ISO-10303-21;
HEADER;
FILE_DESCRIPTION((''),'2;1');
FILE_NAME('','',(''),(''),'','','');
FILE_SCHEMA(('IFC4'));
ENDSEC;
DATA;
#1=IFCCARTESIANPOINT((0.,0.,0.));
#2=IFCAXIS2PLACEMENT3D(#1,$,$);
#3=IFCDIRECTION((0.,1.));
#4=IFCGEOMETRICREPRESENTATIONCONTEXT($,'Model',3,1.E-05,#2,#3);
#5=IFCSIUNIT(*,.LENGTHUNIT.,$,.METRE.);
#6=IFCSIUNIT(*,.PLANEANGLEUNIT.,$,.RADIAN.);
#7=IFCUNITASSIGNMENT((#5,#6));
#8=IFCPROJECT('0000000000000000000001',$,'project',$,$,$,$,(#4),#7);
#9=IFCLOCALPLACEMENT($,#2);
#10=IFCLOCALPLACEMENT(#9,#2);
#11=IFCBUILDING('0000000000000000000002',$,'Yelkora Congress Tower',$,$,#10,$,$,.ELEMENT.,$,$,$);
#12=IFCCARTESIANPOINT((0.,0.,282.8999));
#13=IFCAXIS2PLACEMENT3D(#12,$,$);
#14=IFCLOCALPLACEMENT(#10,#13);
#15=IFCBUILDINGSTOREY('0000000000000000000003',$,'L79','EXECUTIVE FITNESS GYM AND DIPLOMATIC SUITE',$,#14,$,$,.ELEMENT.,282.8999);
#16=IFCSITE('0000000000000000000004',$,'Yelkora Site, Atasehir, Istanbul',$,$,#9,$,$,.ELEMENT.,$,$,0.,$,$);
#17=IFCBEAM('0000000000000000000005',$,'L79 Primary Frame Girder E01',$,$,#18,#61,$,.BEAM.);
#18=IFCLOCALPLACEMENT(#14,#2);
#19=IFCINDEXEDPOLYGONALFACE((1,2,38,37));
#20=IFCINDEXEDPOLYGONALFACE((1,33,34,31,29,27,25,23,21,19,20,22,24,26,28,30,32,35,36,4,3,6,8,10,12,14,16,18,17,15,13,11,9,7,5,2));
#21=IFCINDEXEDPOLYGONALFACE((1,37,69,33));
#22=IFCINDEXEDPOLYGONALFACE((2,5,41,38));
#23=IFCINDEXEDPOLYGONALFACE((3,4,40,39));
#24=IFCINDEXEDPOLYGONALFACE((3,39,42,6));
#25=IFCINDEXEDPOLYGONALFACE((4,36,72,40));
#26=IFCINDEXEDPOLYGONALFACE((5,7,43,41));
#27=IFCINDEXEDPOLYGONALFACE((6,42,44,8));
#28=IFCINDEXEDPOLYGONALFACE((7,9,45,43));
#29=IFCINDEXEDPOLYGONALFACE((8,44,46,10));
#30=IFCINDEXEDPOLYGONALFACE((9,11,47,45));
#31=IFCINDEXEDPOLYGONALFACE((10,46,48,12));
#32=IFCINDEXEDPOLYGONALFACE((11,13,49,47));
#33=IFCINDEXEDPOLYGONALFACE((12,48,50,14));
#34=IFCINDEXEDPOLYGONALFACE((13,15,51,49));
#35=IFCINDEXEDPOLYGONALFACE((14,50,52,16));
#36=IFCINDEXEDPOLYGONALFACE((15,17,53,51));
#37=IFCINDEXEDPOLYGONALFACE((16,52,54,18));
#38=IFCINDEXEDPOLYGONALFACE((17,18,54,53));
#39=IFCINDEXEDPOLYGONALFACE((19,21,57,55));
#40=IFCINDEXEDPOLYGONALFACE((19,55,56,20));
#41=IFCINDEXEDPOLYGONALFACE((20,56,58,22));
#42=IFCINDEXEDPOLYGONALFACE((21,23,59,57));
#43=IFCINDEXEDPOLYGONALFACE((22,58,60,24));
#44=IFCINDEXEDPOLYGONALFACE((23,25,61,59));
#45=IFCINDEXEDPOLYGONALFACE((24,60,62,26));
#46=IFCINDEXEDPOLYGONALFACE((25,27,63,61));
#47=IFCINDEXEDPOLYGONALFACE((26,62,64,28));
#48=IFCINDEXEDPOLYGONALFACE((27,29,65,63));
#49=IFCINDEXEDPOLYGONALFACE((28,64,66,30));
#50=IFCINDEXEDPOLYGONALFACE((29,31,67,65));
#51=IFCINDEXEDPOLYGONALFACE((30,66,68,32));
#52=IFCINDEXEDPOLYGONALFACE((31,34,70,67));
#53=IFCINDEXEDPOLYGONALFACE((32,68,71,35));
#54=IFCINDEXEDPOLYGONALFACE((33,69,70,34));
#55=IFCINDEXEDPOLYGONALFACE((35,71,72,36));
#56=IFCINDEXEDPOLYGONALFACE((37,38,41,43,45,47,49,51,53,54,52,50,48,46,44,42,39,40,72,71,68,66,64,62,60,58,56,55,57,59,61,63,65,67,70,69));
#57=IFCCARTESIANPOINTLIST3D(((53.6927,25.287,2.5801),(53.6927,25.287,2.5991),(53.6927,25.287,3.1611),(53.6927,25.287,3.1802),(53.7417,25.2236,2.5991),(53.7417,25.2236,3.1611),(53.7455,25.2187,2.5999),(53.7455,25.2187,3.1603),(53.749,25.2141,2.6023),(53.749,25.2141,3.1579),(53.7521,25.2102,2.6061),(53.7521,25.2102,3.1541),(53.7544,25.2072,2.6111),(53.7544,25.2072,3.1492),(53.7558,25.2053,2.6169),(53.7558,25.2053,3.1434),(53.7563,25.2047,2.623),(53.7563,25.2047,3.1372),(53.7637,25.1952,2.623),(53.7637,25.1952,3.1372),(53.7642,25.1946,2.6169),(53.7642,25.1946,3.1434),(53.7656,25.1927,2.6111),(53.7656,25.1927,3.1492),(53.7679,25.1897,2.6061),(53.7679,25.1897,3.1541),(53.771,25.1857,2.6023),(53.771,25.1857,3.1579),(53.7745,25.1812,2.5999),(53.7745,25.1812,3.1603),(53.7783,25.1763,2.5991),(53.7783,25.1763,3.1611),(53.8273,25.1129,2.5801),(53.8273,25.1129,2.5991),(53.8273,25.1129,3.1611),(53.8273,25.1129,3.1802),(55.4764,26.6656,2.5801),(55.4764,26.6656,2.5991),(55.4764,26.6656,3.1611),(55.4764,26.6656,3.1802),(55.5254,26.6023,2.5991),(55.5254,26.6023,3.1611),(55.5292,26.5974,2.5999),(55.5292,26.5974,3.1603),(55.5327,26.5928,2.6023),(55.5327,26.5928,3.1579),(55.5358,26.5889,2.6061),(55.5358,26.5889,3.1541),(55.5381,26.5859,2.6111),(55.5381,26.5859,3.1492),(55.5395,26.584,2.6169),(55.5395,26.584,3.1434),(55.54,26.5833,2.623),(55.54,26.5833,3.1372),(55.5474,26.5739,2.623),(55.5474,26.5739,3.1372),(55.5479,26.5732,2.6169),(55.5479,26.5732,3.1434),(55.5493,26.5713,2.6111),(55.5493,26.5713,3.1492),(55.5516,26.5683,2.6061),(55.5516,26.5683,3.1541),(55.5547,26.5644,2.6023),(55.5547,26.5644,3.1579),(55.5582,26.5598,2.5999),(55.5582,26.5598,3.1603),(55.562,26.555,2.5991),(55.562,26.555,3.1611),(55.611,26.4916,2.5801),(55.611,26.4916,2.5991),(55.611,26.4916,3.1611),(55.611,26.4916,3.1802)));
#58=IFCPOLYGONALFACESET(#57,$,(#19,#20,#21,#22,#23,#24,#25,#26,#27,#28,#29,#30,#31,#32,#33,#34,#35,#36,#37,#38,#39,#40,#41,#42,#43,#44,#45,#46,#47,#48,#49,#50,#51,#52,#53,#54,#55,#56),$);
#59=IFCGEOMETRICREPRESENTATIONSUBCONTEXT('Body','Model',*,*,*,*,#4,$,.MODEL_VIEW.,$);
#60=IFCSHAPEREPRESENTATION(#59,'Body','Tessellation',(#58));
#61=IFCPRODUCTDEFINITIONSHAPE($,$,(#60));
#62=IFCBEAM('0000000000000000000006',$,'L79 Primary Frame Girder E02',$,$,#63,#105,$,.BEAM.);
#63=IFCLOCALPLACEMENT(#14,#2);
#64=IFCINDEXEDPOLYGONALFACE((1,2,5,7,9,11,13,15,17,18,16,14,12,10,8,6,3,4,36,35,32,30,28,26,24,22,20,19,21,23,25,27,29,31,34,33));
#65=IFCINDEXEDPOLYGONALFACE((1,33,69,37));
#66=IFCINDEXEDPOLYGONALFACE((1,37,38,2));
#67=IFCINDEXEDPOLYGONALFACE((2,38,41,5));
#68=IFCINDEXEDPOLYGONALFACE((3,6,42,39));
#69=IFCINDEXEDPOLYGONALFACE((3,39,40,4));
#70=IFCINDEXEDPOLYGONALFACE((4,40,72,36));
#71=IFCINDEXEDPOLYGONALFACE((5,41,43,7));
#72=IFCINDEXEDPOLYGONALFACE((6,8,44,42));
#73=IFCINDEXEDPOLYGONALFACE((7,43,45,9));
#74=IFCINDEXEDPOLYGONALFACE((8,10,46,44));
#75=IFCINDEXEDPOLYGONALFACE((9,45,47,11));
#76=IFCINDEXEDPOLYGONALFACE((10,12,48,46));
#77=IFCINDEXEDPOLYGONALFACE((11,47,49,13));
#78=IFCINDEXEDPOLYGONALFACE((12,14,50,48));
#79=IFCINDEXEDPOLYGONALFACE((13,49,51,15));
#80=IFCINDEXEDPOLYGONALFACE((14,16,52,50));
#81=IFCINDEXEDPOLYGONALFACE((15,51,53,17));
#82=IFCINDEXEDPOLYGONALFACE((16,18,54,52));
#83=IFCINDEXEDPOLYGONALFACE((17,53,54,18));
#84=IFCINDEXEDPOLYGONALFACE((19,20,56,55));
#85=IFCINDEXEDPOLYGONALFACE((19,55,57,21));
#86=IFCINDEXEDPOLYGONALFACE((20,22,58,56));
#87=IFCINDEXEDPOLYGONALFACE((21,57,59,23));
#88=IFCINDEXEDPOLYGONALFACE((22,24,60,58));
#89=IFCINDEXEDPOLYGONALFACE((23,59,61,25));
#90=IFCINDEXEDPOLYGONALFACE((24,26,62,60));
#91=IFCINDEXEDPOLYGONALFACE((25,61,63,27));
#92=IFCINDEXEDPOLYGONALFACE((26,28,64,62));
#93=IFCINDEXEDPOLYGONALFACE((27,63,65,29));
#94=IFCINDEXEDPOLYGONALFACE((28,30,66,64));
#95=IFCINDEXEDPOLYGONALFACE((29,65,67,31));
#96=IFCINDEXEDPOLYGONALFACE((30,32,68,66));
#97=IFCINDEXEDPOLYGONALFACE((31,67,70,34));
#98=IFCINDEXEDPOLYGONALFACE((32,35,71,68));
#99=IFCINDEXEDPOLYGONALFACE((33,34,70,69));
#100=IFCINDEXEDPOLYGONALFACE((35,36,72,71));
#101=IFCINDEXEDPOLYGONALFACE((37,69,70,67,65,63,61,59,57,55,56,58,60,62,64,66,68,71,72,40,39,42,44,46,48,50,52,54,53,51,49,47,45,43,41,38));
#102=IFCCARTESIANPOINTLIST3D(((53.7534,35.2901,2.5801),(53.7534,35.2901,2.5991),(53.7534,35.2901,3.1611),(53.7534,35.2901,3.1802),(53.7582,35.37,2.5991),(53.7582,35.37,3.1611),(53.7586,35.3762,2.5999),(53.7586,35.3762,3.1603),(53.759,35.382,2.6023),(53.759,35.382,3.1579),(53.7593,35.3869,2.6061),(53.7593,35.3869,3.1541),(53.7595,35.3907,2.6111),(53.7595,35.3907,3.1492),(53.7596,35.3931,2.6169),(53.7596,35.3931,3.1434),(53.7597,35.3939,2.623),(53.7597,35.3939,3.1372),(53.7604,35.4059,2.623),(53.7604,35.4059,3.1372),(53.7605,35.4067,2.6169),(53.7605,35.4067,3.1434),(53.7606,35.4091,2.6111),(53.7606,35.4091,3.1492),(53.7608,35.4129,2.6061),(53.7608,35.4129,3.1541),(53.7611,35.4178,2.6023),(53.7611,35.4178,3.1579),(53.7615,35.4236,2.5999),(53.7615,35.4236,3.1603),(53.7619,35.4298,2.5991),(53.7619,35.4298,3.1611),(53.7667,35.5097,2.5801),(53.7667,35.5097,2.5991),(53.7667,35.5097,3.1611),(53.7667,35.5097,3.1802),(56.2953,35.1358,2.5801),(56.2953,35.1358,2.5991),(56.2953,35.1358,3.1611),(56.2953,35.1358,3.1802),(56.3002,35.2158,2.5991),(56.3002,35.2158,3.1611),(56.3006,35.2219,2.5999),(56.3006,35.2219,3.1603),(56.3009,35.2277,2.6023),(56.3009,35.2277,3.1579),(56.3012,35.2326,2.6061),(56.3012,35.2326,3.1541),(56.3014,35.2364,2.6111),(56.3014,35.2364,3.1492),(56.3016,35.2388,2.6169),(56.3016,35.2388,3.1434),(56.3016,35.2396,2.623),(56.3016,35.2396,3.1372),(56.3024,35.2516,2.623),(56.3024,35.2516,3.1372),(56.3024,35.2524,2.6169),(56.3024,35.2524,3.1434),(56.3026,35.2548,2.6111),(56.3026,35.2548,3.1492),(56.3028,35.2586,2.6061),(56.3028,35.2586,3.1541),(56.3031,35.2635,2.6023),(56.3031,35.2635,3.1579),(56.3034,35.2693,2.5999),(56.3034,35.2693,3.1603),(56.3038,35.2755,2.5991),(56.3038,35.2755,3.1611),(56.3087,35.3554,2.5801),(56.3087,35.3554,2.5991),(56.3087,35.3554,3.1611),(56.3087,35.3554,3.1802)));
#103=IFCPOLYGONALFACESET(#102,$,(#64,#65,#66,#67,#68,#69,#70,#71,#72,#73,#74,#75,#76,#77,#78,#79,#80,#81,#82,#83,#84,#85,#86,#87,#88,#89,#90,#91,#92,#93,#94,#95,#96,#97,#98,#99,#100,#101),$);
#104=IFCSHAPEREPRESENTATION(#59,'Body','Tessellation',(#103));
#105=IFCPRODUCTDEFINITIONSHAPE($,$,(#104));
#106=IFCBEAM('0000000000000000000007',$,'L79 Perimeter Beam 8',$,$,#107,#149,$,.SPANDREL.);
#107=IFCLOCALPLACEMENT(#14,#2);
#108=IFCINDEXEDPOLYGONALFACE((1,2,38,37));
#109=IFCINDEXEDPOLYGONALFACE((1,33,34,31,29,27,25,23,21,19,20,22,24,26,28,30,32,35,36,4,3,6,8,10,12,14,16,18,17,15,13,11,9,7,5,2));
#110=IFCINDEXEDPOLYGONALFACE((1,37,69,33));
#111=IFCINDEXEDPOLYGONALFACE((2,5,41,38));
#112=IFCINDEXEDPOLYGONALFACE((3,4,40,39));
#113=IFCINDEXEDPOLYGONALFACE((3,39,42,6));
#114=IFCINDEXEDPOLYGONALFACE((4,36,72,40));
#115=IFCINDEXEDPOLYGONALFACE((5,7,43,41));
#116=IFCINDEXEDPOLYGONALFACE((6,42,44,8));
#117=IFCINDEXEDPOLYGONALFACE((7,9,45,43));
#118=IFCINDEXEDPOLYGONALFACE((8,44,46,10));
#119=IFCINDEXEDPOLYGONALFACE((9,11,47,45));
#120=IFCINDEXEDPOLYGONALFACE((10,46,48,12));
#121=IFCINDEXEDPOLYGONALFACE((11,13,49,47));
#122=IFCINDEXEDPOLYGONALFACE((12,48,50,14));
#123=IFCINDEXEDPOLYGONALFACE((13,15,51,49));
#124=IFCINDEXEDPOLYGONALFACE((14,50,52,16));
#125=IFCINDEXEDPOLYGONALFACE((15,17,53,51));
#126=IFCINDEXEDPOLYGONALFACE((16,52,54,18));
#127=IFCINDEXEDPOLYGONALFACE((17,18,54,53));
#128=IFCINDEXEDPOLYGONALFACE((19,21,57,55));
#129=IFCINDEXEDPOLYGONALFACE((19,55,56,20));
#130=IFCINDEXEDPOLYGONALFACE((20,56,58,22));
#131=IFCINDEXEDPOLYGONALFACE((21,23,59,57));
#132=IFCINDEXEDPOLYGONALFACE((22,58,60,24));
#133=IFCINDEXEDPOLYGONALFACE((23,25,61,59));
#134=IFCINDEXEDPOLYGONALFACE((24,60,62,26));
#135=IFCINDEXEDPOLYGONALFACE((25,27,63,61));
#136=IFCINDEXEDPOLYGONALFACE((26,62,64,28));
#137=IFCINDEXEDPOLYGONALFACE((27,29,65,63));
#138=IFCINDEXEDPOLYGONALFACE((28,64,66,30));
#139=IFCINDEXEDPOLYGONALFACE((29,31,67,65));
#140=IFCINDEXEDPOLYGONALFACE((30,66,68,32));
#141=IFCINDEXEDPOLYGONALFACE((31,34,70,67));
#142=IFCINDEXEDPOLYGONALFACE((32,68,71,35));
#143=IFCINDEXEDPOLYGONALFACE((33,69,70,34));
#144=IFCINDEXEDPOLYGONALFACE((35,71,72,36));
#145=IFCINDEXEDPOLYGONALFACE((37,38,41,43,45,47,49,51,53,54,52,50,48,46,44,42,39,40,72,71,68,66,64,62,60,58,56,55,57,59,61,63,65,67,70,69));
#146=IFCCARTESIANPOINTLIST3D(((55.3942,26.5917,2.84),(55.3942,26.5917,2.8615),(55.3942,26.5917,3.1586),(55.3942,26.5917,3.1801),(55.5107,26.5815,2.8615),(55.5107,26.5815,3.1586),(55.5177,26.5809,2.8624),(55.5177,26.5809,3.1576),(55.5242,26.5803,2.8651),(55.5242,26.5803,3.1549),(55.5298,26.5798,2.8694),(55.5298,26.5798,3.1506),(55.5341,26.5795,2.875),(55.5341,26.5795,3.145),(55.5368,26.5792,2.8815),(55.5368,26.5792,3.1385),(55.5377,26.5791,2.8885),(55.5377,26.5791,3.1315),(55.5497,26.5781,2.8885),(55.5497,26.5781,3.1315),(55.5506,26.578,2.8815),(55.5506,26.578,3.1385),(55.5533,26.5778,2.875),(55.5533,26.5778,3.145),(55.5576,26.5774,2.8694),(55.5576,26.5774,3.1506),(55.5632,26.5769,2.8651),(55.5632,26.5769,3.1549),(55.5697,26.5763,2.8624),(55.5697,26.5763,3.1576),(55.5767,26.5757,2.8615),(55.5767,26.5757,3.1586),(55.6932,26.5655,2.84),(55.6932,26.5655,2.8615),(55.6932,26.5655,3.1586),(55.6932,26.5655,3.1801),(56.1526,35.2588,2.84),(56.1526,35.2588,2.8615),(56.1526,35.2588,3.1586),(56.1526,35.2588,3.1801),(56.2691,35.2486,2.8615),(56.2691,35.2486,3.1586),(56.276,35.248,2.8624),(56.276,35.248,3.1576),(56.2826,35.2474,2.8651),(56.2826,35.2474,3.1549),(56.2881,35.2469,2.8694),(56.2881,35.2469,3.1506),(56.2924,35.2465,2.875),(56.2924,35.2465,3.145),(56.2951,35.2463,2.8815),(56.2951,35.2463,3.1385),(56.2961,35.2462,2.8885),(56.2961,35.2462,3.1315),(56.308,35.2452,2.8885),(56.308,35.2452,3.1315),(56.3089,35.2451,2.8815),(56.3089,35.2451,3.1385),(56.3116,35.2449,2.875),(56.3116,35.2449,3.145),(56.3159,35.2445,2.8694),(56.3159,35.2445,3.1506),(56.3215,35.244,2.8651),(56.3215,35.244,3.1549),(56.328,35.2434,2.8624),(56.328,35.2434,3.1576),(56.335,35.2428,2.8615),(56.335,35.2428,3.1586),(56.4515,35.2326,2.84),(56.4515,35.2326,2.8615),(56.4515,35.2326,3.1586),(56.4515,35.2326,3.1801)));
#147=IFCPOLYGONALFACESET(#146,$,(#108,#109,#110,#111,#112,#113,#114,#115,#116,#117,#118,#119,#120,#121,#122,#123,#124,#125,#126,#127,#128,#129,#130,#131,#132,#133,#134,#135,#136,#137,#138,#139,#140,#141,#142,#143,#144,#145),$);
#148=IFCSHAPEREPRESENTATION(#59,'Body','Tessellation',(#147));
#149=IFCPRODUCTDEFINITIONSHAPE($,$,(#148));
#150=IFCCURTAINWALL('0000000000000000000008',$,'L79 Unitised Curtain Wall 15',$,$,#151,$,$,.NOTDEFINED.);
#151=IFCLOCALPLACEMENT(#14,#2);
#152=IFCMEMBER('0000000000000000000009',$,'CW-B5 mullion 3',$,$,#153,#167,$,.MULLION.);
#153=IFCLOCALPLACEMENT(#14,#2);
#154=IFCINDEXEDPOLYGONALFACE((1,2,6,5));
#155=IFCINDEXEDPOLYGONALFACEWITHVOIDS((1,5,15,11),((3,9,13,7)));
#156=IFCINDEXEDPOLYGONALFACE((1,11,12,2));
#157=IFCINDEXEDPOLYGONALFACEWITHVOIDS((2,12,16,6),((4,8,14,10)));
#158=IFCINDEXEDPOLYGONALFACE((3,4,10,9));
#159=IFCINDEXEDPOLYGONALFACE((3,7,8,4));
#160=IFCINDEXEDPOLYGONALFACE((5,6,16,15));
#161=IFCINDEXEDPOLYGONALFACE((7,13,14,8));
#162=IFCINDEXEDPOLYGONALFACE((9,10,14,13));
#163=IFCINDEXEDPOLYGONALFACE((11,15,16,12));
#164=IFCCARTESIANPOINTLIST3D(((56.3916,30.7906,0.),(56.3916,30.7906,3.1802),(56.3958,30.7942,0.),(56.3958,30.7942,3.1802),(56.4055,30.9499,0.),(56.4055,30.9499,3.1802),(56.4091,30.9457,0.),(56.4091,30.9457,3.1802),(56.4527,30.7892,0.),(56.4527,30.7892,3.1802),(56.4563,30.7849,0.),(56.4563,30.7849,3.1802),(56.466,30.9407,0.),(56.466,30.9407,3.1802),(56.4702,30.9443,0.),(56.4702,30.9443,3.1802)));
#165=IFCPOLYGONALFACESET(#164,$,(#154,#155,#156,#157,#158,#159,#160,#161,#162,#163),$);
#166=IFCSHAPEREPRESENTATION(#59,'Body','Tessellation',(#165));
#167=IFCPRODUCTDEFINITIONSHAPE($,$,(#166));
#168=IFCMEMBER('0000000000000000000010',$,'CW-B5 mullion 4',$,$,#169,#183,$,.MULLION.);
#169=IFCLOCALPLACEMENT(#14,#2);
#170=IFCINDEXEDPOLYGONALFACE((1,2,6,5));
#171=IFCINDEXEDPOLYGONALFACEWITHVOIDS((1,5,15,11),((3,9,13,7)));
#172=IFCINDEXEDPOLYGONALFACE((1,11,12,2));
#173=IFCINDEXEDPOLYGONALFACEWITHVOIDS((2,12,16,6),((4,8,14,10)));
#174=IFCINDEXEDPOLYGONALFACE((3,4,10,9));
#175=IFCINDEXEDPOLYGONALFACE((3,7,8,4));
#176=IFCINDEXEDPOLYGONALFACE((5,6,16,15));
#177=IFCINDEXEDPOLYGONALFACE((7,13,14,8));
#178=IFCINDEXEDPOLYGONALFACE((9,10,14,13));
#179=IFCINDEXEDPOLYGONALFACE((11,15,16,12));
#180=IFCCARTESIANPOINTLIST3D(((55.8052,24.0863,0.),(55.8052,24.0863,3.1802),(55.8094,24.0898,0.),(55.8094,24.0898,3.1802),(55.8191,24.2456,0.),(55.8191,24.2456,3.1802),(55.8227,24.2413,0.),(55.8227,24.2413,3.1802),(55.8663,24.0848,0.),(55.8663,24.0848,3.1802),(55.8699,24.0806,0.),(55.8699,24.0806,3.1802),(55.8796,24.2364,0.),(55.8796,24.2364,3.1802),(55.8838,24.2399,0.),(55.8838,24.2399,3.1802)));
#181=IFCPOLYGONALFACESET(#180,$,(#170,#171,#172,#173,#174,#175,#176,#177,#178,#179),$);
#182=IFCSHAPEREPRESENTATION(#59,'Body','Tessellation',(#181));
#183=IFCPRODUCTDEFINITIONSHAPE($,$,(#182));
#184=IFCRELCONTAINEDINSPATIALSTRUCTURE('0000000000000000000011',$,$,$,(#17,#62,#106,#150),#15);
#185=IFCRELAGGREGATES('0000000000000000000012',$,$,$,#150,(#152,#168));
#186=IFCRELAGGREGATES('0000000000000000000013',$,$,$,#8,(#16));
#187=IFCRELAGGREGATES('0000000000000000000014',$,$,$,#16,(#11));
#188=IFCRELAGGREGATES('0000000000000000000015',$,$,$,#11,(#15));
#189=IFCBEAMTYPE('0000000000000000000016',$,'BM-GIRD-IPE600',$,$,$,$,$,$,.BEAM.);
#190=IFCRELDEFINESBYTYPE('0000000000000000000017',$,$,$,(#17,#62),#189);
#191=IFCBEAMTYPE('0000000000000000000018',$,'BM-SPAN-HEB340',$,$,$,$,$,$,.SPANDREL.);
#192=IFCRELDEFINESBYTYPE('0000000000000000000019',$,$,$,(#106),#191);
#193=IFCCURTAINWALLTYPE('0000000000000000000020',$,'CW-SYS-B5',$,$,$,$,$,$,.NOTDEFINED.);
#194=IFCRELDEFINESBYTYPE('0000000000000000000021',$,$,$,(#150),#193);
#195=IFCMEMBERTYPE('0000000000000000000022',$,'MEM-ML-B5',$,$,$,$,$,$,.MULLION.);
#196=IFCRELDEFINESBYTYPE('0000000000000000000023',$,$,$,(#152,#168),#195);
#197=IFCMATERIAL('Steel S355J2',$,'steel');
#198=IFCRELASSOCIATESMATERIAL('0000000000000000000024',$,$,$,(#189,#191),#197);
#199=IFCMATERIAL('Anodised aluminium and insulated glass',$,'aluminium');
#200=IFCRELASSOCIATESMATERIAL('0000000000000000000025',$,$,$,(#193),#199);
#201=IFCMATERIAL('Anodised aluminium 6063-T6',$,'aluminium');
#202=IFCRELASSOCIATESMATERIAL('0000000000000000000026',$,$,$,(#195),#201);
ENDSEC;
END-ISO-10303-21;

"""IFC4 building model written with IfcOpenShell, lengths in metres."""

from ifc_helpers import new_model, si_unit, direction, frame, origin, origin_2d, place, context, subcontext, project, spatial, hollow_rectangle, i_section, extrude, material, material_profile, profile_set, type_object, element, aggregate, save


model = new_model("IFC4")

# Units and contexts
model_context = context("Model", 3, precision=1e-05, world=origin(), true_north=direction((0.0, 1.0)))
body_context = subcontext(model_context, "Body", "Model", "MODEL_VIEW")
ifc_project = project(units=[si_unit("LENGTHUNIT", "METRE"), si_unit("PLANEANGLEUNIT", "RADIAN")], contexts=[model_context])

# Site, building, storey
site_placement = place(None, origin())
site = spatial("IfcSite", under=ifc_project, at=site_placement, Name="Yelkora Site, Atasehir, Istanbul", CompositionType="ELEMENT", RefElevation=0.0)
building_placement = place(site_placement, origin())
building = spatial("IfcBuilding", under=site, at=building_placement, Name="Yelkora Congress Tower", CompositionType="ELEMENT")
storey_placement = place(building_placement, frame((0.0, 0.0, 282.8999)))
storey = spatial("IfcBuildingStorey", under=building, at=storey_placement, Name="L79", Description="EXECUTIVE FITNESS GYM AND DIPLOMATIC SUITE", CompositionType="ELEMENT", Elevation=282.8999)

# Shared definitions
ifc_material_1 = material(Name="Steel S355J2", Category="steel")

# Beams
ifc_material_profile_1 = material_profile(ifc_material_1, i_section(OverallWidth=0.22, OverallDepth=0.6001, WebThickness=0.012, FlangeThickness=0.019, FilletRadius=0.0239, at=origin_2d()), Name="IPE 600")
ifc_profile_set_1 = profile_set([ifc_material_profile_1], Name="Steel S355J2")
beam_type_1 = type_object("IfcBeamType", Name="BM-GIRD-IPE600", PredefinedType="BEAM", material=ifc_profile_set_1)
beam_1_placement = place(storey_placement, frame((55.5437, 26.5786, 2.8801), z_axis=(-0.791209, -0.611546, 0.0), x_axis=(0.611546, -0.791209, 0.0)))
element("IfcBeam", 1, at=beam_1_placement, inside=storey, type_object=beam_type_1, Name="L79 Primary Frame Girder E01", PredefinedType="BEAM", context=body_context, shape_type="SweptSolid", body=[
    extrude(i_section(OverallWidth=0.22, OverallDepth=0.6001, WebThickness=0.012, FlangeThickness=0.019, FilletRadius=0.0239, at=origin_2d()), origin(), (0.0, 0.0, 1.0), 2.2544),
])
beam_2_placement = place(storey_placement, frame((56.302, 35.2456, 2.8801), z_axis=(-0.998163, 0.060588, 0.0), x_axis=(-0.060588, -0.998163, 0.0)))
element("IfcBeam", 2, at=beam_2_placement, inside=storey, type_object=beam_type_1, Name="L79 Primary Frame Girder E02", PredefinedType="BEAM", context=body_context, shape_type="SweptSolid", body=[
    extrude(i_section(OverallWidth=0.22, OverallDepth=0.6001, WebThickness=0.012, FlangeThickness=0.019, FilletRadius=0.0239, at=origin_2d()), origin(), (0.0, 0.0, 1.0), 2.5466),
])
ifc_material_profile_2 = material_profile(ifc_material_1, i_section(OverallWidth=0.3, OverallDepth=0.3401, WebThickness=0.012, FlangeThickness=0.0215, FilletRadius=0.0271, at=origin_2d()), Name="HEB 340")
ifc_profile_set_2 = profile_set([ifc_material_profile_2], Name="Steel S355J2")
beam_type_2 = type_object("IfcBeamType", Name="BM-SPAN-HEB340", PredefinedType="SPANDREL", material=ifc_profile_set_2)
beam_3_placement = place(storey_placement, frame((55.5437, 26.5786, 3.01), z_axis=(0.08716, 0.996194, 0.0), x_axis=(-0.996194, 0.08716, 0.0)))
element("IfcBeam", 3, at=beam_3_placement, inside=storey, type_object=beam_type_2, Name="L79 Perimeter Beam 8", PredefinedType="SPANDREL", context=body_context, shape_type="SweptSolid", body=[
    extrude(i_section(OverallWidth=0.3, OverallDepth=0.3401, WebThickness=0.012, FlangeThickness=0.0215, FilletRadius=0.0271, at=origin_2d()), origin(), (0.0, 0.0, 1.0), 8.7002),
])

# Curtain wall, members
ifc_material_2 = material(Name="Anodised aluminium and insulated glass", Category="aluminium")
curtain_wall_type = type_object("IfcCurtainWallType", Name="CW-SYS-B5", PredefinedType="NOTDEFINED", material=ifc_material_2)
curtain_wall_placement = place(storey_placement, origin())
curtain_wall = element("IfcCurtainWall", 4, at=curtain_wall_placement, inside=storey, type_object=curtain_wall_type, Name="L79 Unitised Curtain Wall 15", PredefinedType="NOTDEFINED")
ifc_material_3 = material(Name="Anodised aluminium 6063-T6", Category="aluminium")
ifc_material_profile_3 = material_profile(ifc_material_3, hollow_rectangle(XDim=0.0649, YDim=0.1599, WallThickness=0.0039, at=origin_2d()), Name="ALU 65x160x4")
ifc_profile_set_3 = profile_set([ifc_material_profile_3], Name="Anodised aluminium 6063-T6")
member_type_1 = type_object("IfcMemberType", Name="MEM-ML-B5", PredefinedType="MULLION", material=ifc_profile_set_3)
member_1_placement = place(storey_placement, frame((56.4309, 30.8674, 0.0), z_axis=(0.0, 0.0, 1.0), x_axis=(0.996194, -0.087158, 0.0)))
member_1 = element("IfcMember", 5, at=member_1_placement, type_object=member_type_1, Name="CW-B5 mullion 3", PredefinedType="MULLION", context=body_context, shape_type="SweptSolid", body=[
    extrude(hollow_rectangle(XDim=0.0649, YDim=0.1599, WallThickness=0.0039, at=origin_2d()), origin(), (0.0, 0.0, 1.0), 3.1802),
])
member_2_placement = place(storey_placement, frame((55.8445, 24.1631, 0.0), z_axis=(0.0, 0.0, 1.0), x_axis=(0.996194, -0.087158, 0.0)))
member_2 = element("IfcMember", 6, at=member_2_placement, type_object=member_type_1, Name="CW-B5 mullion 4", PredefinedType="MULLION", context=body_context, shape_type="SweptSolid", body=[
    extrude(hollow_rectangle(XDim=0.0649, YDim=0.1599, WallThickness=0.0039, at=origin_2d()), origin(), (0.0, 0.0, 1.0), 3.1802),
])
aggregate(curtain_wall, [member_1, member_2])

save(model, "model.ifc")
